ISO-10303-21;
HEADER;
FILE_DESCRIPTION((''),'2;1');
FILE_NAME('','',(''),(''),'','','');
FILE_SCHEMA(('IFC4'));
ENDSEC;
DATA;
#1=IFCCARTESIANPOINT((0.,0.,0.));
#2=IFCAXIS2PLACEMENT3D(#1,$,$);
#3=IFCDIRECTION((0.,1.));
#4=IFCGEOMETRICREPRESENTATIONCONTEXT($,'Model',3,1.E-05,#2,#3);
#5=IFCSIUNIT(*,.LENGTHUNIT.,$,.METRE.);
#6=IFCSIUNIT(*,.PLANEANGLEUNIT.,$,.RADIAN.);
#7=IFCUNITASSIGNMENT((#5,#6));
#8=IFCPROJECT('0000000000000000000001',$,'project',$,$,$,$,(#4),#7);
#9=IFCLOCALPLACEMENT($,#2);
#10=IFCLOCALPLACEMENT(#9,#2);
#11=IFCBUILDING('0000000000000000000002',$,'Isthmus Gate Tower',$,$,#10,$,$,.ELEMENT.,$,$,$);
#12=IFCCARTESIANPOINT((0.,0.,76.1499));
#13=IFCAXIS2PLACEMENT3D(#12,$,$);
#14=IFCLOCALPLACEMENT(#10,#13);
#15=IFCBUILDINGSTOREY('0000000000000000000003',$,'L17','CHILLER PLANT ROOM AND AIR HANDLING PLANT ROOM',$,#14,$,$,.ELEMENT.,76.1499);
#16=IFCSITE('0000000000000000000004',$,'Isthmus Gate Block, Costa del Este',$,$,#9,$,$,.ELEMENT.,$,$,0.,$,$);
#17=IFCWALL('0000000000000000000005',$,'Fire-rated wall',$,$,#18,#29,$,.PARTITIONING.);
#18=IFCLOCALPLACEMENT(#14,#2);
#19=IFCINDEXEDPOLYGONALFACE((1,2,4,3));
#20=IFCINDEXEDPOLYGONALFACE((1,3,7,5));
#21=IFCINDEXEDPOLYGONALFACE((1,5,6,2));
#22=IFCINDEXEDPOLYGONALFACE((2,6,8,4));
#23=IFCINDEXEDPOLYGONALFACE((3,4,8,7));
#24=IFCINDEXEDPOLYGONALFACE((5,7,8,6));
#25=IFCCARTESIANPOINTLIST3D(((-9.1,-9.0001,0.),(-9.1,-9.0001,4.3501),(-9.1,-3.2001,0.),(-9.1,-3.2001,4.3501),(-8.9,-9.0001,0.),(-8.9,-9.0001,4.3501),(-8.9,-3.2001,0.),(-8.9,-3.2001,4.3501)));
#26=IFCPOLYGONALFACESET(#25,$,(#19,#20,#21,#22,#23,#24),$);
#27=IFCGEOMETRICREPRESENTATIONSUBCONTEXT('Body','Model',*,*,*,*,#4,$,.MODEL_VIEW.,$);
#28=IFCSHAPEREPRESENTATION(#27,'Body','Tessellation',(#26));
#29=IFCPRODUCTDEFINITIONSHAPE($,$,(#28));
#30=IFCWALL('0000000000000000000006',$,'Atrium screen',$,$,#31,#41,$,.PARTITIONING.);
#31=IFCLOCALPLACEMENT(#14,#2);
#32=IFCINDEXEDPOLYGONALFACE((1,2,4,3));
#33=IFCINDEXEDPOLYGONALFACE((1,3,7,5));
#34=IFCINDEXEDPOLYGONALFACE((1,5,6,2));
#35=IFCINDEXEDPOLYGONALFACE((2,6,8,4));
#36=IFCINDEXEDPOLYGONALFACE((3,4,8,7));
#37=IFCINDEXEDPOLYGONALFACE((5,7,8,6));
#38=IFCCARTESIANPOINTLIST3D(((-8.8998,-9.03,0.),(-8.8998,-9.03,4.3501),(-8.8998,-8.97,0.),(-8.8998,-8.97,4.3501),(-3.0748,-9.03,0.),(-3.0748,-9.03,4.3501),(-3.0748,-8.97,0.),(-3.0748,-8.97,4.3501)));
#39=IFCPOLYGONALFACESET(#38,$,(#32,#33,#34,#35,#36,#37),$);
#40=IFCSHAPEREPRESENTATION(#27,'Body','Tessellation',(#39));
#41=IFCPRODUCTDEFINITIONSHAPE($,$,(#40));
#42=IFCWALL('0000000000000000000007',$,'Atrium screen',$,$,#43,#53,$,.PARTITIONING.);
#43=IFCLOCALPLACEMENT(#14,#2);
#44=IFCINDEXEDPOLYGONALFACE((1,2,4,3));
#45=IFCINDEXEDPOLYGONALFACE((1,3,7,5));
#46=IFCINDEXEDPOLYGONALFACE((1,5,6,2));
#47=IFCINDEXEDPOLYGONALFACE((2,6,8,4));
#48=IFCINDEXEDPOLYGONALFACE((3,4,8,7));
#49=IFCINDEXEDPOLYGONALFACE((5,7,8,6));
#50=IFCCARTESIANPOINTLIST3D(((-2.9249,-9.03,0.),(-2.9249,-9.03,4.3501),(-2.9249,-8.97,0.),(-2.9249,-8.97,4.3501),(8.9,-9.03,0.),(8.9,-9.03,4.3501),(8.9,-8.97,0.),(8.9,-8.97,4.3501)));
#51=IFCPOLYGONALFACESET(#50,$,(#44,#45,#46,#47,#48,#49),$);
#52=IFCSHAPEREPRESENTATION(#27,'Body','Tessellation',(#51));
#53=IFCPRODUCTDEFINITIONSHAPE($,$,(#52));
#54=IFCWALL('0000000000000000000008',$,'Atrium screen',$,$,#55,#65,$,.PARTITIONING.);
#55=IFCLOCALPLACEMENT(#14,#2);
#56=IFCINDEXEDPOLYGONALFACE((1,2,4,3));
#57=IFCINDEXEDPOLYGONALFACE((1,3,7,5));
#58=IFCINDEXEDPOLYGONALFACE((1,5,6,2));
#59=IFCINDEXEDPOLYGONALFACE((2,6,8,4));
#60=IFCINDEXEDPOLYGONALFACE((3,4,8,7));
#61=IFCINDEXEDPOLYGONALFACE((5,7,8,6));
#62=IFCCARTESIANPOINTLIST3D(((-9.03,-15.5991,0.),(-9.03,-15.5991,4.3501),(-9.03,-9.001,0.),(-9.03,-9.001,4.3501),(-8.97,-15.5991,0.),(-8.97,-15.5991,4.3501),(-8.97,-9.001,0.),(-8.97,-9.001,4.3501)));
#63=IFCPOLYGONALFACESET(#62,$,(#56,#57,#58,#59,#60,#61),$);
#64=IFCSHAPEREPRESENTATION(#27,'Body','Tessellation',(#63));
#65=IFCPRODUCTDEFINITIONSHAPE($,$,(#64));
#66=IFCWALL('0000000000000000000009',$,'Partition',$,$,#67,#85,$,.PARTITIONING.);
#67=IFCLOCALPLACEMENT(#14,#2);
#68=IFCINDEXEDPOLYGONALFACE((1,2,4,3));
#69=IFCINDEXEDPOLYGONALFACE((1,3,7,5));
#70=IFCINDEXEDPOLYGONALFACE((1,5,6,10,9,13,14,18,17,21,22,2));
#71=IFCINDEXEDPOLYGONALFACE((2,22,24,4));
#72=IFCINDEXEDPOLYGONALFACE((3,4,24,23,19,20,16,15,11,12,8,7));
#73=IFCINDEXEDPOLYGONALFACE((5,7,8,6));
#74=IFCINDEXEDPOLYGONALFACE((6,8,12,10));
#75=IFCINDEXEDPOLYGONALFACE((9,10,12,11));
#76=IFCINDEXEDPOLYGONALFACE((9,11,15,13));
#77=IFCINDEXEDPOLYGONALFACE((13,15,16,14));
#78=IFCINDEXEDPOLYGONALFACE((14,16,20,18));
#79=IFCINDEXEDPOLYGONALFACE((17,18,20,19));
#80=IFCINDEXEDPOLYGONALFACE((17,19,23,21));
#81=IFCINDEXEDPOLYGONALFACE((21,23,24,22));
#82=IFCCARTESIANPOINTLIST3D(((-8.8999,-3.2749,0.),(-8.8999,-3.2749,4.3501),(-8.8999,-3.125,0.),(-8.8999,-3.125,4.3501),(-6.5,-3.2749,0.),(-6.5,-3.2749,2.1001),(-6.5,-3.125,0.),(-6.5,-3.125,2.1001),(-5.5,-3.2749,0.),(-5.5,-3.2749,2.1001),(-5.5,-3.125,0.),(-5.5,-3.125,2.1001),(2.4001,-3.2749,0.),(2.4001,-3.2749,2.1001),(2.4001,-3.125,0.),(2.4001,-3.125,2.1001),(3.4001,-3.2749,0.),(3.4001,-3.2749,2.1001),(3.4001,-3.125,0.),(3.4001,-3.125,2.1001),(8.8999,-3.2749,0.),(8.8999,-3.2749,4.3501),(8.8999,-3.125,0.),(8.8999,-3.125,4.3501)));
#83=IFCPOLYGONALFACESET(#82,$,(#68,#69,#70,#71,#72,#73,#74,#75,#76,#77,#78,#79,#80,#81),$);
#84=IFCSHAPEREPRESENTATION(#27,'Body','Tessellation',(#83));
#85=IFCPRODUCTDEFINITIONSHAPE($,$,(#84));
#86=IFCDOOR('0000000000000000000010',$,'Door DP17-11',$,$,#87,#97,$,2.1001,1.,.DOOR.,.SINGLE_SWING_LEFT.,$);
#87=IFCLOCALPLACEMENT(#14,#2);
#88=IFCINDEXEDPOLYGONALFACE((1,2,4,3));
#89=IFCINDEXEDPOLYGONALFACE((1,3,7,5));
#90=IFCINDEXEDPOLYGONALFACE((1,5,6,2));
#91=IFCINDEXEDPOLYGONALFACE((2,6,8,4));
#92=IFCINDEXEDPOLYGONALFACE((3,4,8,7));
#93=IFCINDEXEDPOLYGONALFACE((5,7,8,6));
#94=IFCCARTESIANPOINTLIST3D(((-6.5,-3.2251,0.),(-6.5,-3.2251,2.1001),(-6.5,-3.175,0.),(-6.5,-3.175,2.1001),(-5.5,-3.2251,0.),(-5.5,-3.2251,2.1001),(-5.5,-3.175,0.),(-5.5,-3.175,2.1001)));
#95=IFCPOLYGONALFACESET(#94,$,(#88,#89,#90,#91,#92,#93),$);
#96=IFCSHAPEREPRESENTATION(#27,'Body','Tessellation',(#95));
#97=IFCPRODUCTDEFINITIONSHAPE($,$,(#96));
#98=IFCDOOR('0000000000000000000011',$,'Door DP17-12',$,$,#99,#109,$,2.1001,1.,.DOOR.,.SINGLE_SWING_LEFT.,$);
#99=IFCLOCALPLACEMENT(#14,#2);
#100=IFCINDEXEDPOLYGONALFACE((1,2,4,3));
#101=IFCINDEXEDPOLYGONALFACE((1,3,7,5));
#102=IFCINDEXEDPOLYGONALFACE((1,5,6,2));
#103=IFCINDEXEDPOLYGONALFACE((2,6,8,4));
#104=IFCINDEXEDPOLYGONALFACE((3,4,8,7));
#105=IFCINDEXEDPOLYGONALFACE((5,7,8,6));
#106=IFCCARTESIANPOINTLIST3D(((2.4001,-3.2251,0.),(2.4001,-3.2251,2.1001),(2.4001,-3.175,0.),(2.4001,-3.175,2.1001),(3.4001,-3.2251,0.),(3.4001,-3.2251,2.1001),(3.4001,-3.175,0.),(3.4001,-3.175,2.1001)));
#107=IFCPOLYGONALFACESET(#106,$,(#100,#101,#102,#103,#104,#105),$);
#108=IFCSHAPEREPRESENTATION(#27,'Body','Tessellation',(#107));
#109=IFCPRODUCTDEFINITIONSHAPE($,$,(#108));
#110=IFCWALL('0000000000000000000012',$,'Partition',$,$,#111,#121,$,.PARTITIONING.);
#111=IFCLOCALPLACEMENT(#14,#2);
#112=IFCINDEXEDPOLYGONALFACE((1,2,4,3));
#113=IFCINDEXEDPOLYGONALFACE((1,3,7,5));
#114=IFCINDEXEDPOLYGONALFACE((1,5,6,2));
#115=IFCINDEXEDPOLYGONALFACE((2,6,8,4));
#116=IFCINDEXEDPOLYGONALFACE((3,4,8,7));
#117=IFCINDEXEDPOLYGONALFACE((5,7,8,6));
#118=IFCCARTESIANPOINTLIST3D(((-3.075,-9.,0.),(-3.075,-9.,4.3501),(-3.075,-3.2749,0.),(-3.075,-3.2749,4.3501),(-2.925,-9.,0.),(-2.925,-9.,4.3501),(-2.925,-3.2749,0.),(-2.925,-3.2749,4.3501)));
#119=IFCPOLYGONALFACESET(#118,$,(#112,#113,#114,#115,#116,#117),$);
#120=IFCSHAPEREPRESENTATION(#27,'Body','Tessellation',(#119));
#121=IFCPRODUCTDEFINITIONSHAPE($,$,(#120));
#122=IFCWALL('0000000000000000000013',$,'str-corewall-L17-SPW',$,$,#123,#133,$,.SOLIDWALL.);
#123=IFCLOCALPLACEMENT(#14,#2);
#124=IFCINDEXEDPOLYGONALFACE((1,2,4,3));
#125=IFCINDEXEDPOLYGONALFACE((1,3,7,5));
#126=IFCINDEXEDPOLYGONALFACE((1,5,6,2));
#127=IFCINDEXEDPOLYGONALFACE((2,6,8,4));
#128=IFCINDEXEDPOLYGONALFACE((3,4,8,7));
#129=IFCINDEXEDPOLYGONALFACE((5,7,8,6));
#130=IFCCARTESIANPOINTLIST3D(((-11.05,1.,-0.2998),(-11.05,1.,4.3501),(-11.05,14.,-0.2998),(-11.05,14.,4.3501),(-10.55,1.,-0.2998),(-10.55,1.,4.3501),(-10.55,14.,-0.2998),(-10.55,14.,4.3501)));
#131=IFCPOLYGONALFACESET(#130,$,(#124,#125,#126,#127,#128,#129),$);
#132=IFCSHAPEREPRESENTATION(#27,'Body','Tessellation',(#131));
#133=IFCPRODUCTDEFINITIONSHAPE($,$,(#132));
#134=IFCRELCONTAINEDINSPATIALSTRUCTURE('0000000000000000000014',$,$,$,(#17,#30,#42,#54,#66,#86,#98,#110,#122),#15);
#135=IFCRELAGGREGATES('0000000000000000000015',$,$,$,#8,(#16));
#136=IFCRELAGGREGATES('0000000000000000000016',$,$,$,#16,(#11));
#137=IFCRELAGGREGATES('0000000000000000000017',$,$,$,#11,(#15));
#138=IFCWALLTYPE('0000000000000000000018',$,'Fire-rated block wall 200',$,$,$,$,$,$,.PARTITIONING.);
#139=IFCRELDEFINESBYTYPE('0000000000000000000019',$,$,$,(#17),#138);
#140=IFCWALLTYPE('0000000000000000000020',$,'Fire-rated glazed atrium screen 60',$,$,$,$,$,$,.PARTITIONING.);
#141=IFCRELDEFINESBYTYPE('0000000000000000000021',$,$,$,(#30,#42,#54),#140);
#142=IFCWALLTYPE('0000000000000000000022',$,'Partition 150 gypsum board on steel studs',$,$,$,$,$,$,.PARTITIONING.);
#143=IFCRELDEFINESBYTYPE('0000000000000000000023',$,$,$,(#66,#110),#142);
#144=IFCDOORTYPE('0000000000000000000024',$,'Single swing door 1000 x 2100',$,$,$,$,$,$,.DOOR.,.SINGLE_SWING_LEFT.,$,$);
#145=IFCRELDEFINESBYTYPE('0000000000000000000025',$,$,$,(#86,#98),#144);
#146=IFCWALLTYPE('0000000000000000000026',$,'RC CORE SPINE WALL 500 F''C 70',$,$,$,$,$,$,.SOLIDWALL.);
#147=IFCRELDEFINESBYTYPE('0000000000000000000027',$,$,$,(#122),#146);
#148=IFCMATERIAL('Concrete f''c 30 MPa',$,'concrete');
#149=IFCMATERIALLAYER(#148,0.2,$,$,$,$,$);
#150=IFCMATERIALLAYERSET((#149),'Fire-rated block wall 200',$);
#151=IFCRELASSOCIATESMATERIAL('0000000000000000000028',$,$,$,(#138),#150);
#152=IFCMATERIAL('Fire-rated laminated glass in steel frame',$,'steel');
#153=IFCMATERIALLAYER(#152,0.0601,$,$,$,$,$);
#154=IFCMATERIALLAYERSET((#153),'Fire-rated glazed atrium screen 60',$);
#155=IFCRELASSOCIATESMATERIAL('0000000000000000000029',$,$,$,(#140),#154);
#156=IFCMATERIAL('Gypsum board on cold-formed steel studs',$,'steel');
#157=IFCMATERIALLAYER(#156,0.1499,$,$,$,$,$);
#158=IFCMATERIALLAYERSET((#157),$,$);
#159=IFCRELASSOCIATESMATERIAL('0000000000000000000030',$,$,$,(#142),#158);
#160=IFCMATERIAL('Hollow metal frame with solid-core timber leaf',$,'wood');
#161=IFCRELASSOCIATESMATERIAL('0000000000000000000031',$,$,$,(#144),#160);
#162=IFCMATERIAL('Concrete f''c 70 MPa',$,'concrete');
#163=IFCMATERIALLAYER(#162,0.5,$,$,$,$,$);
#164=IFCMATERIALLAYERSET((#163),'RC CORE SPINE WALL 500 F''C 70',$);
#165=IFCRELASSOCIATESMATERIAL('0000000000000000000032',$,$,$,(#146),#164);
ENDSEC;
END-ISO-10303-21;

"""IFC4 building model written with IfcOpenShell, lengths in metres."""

from ifc_helpers import new_model, si_unit, direction, frame, frame_2d, origin, place, context, subcontext, project, spatial, rectangle, extrude, material, layer, layer_set, type_object, element, fill, save


model = new_model("IFC4")

# Units and contexts
model_context = context("Model", 3, precision=1e-05, world=origin(), true_north=direction((0.0, 1.0)))
body_context = subcontext(model_context, "Body", "Model", "MODEL_VIEW")
ifc_project = project(units=[si_unit("LENGTHUNIT", "METRE"), si_unit("PLANEANGLEUNIT", "RADIAN")], contexts=[model_context])

# Site, building, storey
site_placement = place(None, origin())
site = spatial("IfcSite", under=ifc_project, at=site_placement, Name="Isthmus Gate Block, Costa del Este", CompositionType="ELEMENT", RefElevation=0.0)
building_placement = place(site_placement, origin())
building = spatial("IfcBuilding", under=site, at=building_placement, Name="Isthmus Gate Tower", CompositionType="ELEMENT")
storey_placement = place(building_placement, frame((0.0, 0.0, 76.1499)))
storey = spatial("IfcBuildingStorey", under=building, at=storey_placement, Name="L17", Description="CHILLER PLANT ROOM AND AIR HANDLING PLANT ROOM", CompositionType="ELEMENT", Elevation=76.1499)

# Walls
ifc_material_1 = material(Name="Concrete f'c 30 MPa", Category="concrete")
ifc_layer_1 = layer(ifc_material_1, 0.2)
ifc_layer_set_1 = layer_set([ifc_layer_1], Name="Fire-rated block wall 200")
wall_type_1 = type_object("IfcWallType", Name="Fire-rated block wall 200", PredefinedType="PARTITIONING", material=ifc_layer_set_1)
wall_1_placement = place(storey_placement, frame((-9.0, -9.0, 0.0), z_axis=(0.0, 0.0, 1.0), x_axis=(0.0, 1.0, 0.0)))
element("IfcWall", 1, at=wall_1_placement, inside=storey, type_object=wall_type_1, Name="Fire-rated wall", PredefinedType="PARTITIONING", context=body_context, shape_type="SweptSolid", body=[
    extrude(rectangle(XDim=5.8, YDim=0.2, at=frame_2d((2.8999, 0.0))), origin(), (0.0, 0.0, 1.0), 4.3501),
])
ifc_material_2 = material(Name="Fire-rated laminated glass in steel frame", Category="steel")
ifc_layer_2 = layer(ifc_material_2, 0.0601)
ifc_layer_set_2 = layer_set([ifc_layer_2], Name="Fire-rated glazed atrium screen 60")
wall_type_2 = type_object("IfcWallType", Name="Fire-rated glazed atrium screen 60", PredefinedType="PARTITIONING", material=ifc_layer_set_2)
wall_2_placement = place(storey_placement, frame((-8.8999, -9.0, 0.0), z_axis=(0.0, 0.0, 1.0), x_axis=(1.0, 0.0, 0.0)))
element("IfcWall", 2, at=wall_2_placement, inside=storey, type_object=wall_type_2, Name="Atrium screen", PredefinedType="PARTITIONING", context=body_context, shape_type="SweptSolid", body=[
    extrude(rectangle(XDim=5.825, YDim=0.0601, at=frame_2d((2.9126, 0.0))), origin(), (0.0, 0.0, 1.0), 4.3501),
])
wall_3_placement = place(storey_placement, frame((-2.925, -9.0, 0.0), z_axis=(0.0, 0.0, 1.0), x_axis=(1.0, 0.0, 0.0)))
element("IfcWall", 3, at=wall_3_placement, inside=storey, type_object=wall_type_2, Name="Atrium screen", PredefinedType="PARTITIONING", context=body_context, shape_type="SweptSolid", body=[
    extrude(rectangle(XDim=11.825, YDim=0.0601, at=frame_2d((5.9126, 0.0))), origin(), (0.0, 0.0, 1.0), 4.3501),
])
wall_4_placement = place(storey_placement, frame((-9.0, -15.5991, 0.0), z_axis=(0.0, 0.0, 1.0), x_axis=(0.0, 1.0, 0.0)))
element("IfcWall", 4, at=wall_4_placement, inside=storey, type_object=wall_type_2, Name="Atrium screen", PredefinedType="PARTITIONING", context=body_context, shape_type="SweptSolid", body=[
    extrude(rectangle(XDim=6.5981, YDim=0.0601, at=frame_2d((3.2991, 0.0))), origin(), (0.0, 0.0, 1.0), 4.3501),
])

# Wall, openings, doors
ifc_material_3 = material(Name="Gypsum board on cold-formed steel studs", Category="steel")
ifc_layer_3 = layer(ifc_material_3, 0.1499)
ifc_layer_set_3 = layer_set([ifc_layer_3])
wall_type_3 = type_object("IfcWallType", Name="Partition 150 gypsum board on steel studs", PredefinedType="PARTITIONING", material=ifc_layer_set_3)
wall_5_placement = place(storey_placement, frame((-8.8999, -3.2, 0.0), z_axis=(0.0, 0.0, 1.0), x_axis=(1.0, 0.0, 0.0)))
wall_5 = element("IfcWall", 5, at=wall_5_placement, inside=storey, type_object=wall_type_3, Name="Partition", PredefinedType="PARTITIONING", context=body_context, shape_type="SweptSolid", body=[
    extrude(rectangle(XDim=17.7998, YDim=0.1499, at=frame_2d((8.8999, 0.0))), origin(), (0.0, 0.0, 1.0), 4.3501),
])
opening_1_placement = place(wall_5_placement, frame((2.3999, 0.0, 0.0)))
opening_1 = element("IfcOpeningElement", 6, at=opening_1_placement, cuts=wall_5, PredefinedType="OPENING", context=body_context, shape_type="SweptSolid", body=[
    extrude(rectangle(XDim=1.0, YDim=2.1001, at=frame_2d((0.5, 1.05))), frame((0.0, 0.085, 0.0), z_axis=(0.0, -1.0, 0.0), x_axis=(1.0, 0.0, 0.0)), (0.0, 0.0, 1.0), 0.1699),
])
opening_2_placement = place(wall_5_placement, frame((11.3, 0.0, 0.0)))
opening_2 = element("IfcOpeningElement", 7, at=opening_2_placement, cuts=wall_5, PredefinedType="OPENING", context=body_context, shape_type="SweptSolid", body=[
    extrude(rectangle(XDim=1.0, YDim=2.1001, at=frame_2d((0.5, 1.05))), frame((0.0, 0.085, 0.0), z_axis=(0.0, -1.0, 0.0), x_axis=(1.0, 0.0, 0.0)), (0.0, 0.0, 1.0), 0.1699),
])
ifc_material_4 = material(Name="Hollow metal frame with solid-core timber leaf", Category="wood")
door_type = type_object("IfcDoorType", Name="Single swing door 1000 x 2100", OperationType="SINGLE_SWING_LEFT", PredefinedType="DOOR", material=ifc_material_4)
door_1_placement = place(opening_1_placement, origin())
door_1 = element("IfcDoor", 8, at=door_1_placement, inside=storey, type_object=door_type, Name="Door DP17-11", OperationType="SINGLE_SWING_LEFT", OverallHeight=2.1001, OverallWidth=1.0, PredefinedType="DOOR", context=body_context, shape_type="SweptSolid", body=[
    extrude(rectangle(XDim=1.0, YDim=2.1001, at=frame_2d((0.5, 1.05))), frame((0.0, 0.0249, 0.0), z_axis=(0.0, -1.0, 0.0), x_axis=(1.0, 0.0, 0.0)), (0.0, 0.0, 1.0), 0.05),
])
fill(opening_1, door_1)
door_2_placement = place(opening_2_placement, origin())
door_2 = element("IfcDoor", 9, at=door_2_placement, inside=storey, type_object=door_type, Name="Door DP17-12", OperationType="SINGLE_SWING_LEFT", OverallHeight=2.1001, OverallWidth=1.0, PredefinedType="DOOR", context=body_context, shape_type="SweptSolid", body=[
    extrude(rectangle(XDim=1.0, YDim=2.1001, at=frame_2d((0.5, 1.05))), frame((0.0, 0.0249, 0.0), z_axis=(0.0, -1.0, 0.0), x_axis=(1.0, 0.0, 0.0)), (0.0, 0.0, 1.0), 0.05),
])
fill(opening_2, door_2)

# Walls
wall_6_placement = place(storey_placement, frame((-3.0, -9.0, 0.0), z_axis=(0.0, 0.0, 1.0), x_axis=(0.0, 1.0, 0.0)))
element("IfcWall", 10, at=wall_6_placement, inside=storey, type_object=wall_type_3, Name="Partition", PredefinedType="PARTITIONING", context=body_context, shape_type="SweptSolid", body=[
    extrude(rectangle(XDim=5.7251, YDim=0.1499, at=frame_2d((2.8625, 0.0))), origin(), (0.0, 0.0, 1.0), 4.3501),
])
ifc_material_5 = material(Name="Concrete f'c 70 MPa", Category="concrete")
ifc_layer_4 = layer(ifc_material_5, 0.5)
ifc_layer_set_4 = layer_set([ifc_layer_4], Name="RC CORE SPINE WALL 500 F'C 70")
wall_type_4 = type_object("IfcWallType", Name="RC CORE SPINE WALL 500 F'C 70", PredefinedType="SOLIDWALL", material=ifc_layer_set_4)
wall_7_placement = place(storey_placement, frame((-10.8, 1.0, -0.2998), z_axis=(0.0, 0.0, 1.0), x_axis=(0.0, 1.0, 0.0)))
element("IfcWall", 11, at=wall_7_placement, inside=storey, type_object=wall_type_4, Name="str-corewall-L17-SPW", PredefinedType="SOLIDWALL", context=body_context, shape_type="SweptSolid", body=[
    extrude(rectangle(XDim=13.0, YDim=0.5, at=frame_2d((6.5, 0.0))), origin(), (0.0, 0.0, 1.0), 4.6499),
])

save(model, "model.ifc")
